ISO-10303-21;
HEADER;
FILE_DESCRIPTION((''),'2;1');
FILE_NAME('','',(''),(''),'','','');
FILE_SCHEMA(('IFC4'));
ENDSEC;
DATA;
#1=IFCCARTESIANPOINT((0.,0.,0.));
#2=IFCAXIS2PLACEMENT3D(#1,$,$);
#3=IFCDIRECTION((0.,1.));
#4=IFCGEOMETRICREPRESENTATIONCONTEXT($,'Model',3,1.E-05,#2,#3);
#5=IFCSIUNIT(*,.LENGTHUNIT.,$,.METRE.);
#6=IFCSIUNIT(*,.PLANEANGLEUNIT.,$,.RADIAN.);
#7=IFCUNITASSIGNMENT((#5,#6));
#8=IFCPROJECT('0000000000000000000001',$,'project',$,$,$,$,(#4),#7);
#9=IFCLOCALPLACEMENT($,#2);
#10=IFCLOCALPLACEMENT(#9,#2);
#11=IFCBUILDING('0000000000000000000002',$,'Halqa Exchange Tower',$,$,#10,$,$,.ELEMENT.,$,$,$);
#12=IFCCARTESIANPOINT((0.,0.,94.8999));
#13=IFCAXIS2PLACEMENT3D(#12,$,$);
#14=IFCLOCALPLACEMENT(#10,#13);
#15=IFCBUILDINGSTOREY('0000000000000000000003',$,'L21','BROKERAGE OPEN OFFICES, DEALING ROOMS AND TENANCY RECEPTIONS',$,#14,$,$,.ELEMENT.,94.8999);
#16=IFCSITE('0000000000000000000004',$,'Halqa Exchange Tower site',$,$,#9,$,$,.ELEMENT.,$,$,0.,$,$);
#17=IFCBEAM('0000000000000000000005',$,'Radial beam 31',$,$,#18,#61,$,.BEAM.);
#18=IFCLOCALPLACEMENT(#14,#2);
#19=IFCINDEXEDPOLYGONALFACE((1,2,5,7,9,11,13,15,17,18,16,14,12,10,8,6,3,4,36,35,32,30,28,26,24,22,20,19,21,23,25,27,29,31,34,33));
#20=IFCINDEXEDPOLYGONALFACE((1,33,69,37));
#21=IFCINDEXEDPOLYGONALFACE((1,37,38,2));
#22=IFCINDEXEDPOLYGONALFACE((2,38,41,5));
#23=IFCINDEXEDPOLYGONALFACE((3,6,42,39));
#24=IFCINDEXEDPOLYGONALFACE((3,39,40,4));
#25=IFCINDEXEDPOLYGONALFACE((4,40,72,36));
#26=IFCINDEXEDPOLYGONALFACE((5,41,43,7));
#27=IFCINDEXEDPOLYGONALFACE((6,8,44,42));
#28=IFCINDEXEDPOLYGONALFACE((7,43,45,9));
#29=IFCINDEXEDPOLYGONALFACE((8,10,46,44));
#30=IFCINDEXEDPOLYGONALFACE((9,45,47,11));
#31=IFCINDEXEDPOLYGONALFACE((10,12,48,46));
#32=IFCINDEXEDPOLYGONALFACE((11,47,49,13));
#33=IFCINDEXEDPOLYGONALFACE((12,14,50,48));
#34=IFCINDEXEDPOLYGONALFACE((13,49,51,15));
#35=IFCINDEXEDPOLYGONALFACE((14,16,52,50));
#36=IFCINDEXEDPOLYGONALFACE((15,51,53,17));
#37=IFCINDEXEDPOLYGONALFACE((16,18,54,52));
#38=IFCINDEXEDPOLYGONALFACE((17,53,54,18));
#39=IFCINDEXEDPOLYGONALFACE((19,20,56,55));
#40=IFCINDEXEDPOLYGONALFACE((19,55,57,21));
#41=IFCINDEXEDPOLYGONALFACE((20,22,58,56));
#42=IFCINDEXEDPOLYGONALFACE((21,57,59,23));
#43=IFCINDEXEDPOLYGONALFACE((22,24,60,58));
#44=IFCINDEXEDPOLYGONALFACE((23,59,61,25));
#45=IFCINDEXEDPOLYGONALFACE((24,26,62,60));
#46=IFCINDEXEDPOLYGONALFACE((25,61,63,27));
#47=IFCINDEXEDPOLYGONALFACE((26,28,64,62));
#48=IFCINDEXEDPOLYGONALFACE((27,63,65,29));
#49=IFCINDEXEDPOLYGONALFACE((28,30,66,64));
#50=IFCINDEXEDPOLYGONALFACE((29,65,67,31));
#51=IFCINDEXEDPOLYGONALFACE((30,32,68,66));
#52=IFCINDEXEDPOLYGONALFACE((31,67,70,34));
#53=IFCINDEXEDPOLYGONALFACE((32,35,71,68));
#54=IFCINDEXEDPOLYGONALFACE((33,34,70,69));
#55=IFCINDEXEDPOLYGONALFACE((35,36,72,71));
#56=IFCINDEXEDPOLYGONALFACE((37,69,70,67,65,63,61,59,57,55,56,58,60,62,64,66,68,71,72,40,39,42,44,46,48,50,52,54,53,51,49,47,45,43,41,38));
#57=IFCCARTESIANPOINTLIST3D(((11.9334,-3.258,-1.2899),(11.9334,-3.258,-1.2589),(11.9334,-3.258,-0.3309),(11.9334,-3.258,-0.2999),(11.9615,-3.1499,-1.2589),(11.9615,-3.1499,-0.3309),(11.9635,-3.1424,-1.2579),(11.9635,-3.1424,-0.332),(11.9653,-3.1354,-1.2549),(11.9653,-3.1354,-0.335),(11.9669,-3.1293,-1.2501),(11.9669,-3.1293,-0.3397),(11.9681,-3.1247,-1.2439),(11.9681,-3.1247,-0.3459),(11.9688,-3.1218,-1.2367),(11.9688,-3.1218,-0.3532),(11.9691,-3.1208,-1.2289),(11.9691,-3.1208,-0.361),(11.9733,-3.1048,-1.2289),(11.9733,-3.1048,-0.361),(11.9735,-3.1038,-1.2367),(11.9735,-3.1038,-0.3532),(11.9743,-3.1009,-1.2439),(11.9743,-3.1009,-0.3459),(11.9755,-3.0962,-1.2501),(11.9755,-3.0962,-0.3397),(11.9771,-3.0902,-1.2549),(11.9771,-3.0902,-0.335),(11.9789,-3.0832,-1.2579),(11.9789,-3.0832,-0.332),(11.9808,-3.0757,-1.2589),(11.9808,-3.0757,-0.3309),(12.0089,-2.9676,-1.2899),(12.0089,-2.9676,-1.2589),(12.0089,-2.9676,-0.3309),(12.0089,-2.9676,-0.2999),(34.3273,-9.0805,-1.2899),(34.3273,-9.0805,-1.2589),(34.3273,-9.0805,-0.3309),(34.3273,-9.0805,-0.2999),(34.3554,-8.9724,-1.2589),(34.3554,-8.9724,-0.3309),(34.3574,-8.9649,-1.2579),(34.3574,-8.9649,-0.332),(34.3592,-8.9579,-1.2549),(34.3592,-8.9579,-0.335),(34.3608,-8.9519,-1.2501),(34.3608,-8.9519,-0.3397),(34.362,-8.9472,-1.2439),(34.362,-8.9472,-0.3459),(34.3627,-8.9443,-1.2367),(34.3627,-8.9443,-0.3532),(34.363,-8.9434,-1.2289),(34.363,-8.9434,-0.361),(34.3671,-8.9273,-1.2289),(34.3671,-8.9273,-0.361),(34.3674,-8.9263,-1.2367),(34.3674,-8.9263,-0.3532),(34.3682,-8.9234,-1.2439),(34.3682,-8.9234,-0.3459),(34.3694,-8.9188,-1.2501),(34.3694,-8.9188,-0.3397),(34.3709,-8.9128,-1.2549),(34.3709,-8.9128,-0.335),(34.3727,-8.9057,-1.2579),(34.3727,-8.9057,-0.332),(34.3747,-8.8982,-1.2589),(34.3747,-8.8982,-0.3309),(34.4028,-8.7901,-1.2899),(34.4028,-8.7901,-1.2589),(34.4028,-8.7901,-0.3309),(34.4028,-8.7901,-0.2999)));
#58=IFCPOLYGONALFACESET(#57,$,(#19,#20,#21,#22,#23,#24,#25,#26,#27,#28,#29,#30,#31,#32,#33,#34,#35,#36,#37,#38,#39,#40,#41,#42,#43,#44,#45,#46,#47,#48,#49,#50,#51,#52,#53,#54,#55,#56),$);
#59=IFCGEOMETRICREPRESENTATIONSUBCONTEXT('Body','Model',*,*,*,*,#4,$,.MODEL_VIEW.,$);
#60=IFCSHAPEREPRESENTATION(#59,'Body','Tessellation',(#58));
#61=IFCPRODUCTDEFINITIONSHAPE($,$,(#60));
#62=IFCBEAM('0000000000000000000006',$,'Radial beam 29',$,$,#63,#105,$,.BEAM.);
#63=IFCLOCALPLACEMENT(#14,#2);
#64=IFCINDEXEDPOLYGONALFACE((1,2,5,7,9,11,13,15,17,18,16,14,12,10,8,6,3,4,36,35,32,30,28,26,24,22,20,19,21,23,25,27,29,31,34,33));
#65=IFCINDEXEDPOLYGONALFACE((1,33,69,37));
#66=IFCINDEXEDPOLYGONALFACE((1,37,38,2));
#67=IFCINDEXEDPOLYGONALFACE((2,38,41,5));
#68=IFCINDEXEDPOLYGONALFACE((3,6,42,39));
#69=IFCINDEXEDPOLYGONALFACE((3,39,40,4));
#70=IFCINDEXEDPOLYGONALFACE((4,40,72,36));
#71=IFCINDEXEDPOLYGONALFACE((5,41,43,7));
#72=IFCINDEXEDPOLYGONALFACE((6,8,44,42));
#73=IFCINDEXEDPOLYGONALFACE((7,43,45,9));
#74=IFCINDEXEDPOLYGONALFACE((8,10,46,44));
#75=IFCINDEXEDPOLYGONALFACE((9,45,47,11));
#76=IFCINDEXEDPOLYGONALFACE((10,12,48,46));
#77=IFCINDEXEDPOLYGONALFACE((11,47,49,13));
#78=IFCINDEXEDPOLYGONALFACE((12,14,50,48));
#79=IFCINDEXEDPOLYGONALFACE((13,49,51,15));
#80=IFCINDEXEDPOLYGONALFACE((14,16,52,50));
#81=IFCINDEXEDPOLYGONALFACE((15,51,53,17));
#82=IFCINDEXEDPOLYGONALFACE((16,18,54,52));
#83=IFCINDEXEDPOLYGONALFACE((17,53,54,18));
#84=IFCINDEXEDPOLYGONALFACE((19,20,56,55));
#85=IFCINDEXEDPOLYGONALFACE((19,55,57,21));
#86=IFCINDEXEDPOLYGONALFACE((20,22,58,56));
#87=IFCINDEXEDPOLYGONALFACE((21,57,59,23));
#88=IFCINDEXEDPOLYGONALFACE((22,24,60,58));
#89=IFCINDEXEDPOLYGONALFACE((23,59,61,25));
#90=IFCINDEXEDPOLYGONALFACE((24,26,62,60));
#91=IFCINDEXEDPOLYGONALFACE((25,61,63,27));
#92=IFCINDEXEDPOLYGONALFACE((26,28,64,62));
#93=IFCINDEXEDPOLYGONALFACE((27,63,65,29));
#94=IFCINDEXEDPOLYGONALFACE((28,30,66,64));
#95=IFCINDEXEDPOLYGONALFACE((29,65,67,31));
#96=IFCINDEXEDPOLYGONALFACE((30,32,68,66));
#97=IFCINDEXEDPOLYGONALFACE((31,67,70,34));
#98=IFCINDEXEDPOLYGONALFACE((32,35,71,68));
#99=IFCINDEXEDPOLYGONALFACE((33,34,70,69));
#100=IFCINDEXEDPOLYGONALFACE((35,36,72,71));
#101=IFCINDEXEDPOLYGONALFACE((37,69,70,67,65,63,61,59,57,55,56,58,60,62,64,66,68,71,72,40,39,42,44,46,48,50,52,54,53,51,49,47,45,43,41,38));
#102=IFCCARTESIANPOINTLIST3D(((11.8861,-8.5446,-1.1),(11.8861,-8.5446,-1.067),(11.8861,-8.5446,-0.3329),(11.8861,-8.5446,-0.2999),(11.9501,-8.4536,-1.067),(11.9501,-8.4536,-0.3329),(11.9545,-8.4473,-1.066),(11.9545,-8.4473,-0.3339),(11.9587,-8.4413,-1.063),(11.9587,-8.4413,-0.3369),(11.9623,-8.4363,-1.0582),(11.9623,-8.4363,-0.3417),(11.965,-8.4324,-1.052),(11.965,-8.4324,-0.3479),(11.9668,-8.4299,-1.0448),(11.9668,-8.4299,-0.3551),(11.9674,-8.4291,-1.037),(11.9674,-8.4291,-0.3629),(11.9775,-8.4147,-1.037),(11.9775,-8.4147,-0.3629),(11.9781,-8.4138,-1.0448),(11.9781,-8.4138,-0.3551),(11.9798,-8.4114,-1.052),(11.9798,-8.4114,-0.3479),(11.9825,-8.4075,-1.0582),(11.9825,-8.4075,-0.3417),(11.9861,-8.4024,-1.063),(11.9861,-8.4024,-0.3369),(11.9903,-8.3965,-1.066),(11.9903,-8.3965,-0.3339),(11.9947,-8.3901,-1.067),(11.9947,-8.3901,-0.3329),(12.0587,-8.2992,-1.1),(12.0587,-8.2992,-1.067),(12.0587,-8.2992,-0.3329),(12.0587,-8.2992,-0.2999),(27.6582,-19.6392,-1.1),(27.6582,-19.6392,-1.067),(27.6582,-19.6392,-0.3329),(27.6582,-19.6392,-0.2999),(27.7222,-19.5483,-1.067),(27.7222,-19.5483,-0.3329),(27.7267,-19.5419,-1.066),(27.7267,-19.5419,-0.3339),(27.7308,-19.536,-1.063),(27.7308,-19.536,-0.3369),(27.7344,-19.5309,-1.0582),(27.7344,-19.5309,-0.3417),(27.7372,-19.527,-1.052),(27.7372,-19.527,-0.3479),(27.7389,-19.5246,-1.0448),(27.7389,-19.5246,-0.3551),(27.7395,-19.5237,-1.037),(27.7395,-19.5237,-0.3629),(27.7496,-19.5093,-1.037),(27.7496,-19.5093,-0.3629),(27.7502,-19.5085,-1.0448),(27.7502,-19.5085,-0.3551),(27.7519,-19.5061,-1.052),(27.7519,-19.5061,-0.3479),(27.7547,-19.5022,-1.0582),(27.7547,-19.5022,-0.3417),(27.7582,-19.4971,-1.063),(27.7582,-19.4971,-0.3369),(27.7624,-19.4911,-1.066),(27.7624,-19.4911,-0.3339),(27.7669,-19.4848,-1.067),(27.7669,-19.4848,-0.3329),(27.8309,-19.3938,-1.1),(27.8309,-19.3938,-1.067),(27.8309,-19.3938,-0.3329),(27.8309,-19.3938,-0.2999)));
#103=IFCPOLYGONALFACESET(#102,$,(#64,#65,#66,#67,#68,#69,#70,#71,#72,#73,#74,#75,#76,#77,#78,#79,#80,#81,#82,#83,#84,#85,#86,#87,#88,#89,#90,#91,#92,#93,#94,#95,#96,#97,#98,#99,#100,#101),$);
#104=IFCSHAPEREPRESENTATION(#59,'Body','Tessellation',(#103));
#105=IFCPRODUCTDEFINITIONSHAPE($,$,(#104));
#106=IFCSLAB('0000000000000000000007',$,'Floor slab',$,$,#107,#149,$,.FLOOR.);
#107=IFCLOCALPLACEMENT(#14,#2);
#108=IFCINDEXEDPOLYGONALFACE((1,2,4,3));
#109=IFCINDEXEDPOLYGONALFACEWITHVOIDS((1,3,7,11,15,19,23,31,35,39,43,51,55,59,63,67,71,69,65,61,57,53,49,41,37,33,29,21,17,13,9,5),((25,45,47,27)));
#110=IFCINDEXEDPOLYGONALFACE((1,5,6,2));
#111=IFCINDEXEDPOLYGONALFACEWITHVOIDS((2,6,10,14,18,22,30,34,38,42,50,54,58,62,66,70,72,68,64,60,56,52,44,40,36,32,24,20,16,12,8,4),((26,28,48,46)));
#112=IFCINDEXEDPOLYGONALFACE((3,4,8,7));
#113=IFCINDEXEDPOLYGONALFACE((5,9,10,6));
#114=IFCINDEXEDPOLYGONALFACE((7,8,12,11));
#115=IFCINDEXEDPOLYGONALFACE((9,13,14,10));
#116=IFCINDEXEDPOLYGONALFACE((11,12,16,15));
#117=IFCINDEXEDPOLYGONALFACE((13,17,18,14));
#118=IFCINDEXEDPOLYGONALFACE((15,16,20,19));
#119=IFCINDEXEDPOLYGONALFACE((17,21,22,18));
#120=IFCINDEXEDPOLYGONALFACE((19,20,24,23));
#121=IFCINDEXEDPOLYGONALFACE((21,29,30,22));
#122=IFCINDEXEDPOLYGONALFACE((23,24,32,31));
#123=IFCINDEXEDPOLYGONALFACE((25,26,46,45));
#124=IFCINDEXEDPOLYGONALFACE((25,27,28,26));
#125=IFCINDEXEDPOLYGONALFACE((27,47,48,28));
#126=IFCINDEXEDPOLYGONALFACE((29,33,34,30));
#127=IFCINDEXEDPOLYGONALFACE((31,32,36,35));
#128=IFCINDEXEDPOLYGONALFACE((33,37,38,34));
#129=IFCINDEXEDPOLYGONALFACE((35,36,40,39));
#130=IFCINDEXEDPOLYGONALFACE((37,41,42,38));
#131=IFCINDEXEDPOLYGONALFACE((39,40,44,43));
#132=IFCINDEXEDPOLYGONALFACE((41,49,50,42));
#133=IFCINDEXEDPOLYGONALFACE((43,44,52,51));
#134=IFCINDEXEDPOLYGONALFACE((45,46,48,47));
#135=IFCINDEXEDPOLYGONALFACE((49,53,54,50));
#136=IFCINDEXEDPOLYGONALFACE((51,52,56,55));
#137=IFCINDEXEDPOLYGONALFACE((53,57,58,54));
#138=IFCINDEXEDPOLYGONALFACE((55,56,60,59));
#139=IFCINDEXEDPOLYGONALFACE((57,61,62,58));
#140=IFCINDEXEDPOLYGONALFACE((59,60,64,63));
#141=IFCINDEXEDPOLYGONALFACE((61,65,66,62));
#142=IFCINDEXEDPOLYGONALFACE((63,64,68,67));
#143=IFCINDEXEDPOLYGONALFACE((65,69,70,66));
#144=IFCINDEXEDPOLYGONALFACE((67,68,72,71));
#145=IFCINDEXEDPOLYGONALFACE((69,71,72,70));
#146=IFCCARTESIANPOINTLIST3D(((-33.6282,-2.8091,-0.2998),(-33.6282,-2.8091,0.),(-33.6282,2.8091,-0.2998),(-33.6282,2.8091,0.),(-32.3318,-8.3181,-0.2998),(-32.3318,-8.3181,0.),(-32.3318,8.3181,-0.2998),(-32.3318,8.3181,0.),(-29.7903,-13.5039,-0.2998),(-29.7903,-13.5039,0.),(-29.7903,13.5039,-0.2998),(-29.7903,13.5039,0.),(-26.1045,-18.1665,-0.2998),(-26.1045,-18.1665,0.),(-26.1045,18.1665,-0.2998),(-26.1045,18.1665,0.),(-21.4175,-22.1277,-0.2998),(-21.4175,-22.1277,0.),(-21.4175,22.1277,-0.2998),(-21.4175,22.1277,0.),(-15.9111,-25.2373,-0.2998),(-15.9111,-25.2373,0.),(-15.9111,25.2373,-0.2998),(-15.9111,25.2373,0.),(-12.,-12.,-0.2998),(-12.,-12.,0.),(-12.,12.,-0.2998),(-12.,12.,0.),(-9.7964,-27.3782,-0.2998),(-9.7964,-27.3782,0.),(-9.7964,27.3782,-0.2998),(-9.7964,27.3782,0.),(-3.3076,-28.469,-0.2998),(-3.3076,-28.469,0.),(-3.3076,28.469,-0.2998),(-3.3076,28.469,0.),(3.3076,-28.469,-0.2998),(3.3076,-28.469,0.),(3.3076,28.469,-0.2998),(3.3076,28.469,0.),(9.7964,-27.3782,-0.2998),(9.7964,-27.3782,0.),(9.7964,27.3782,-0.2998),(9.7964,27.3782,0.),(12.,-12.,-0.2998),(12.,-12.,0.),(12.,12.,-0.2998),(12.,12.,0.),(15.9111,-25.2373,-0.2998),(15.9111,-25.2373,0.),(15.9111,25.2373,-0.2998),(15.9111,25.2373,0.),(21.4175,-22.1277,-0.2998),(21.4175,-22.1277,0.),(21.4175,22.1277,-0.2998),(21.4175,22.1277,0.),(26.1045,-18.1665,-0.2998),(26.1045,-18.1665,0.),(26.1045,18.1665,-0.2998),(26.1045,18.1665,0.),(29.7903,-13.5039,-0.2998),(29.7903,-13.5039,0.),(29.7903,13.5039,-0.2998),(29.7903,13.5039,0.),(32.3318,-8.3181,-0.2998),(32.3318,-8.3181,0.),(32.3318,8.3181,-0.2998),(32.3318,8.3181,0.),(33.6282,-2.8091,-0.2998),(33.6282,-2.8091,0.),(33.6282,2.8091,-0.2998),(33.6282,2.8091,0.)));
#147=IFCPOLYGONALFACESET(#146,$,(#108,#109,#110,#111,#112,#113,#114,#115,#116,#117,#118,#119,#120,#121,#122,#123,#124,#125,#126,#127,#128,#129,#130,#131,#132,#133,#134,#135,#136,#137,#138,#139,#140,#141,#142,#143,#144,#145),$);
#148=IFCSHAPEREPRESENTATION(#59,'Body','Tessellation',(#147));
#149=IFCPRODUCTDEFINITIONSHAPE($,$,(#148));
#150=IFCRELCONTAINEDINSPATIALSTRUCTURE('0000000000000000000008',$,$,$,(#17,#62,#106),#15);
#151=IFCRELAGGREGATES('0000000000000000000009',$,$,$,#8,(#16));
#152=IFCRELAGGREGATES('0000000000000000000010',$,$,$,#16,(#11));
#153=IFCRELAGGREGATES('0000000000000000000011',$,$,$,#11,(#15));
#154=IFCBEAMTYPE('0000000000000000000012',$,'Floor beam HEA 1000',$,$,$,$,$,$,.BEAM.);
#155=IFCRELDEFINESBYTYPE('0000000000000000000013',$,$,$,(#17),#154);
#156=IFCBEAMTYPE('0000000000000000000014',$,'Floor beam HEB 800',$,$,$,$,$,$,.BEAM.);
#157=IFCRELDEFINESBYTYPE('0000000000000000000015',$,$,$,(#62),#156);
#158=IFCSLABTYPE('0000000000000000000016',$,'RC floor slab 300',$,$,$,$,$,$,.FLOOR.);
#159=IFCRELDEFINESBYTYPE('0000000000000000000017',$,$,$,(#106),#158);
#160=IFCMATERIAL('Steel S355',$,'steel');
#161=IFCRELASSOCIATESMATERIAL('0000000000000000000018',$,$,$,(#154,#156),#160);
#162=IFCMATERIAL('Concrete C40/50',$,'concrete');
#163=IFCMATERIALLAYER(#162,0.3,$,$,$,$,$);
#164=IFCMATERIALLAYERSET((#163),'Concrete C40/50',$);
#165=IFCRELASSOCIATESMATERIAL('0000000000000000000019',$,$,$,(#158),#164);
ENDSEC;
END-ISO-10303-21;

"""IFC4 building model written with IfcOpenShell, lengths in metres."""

from ifc_helpers import new_model, si_unit, direction, frame, origin, origin_2d, place, context, subcontext, project, spatial, polyline, i_section, outline, extrude, material, layer, layer_set, material_profile, profile_set, type_object, element, save


model = new_model("IFC4")

# Units and contexts
model_context = context("Model", 3, precision=1e-05, world=origin(), true_north=direction((0.0, 1.0)))
body_context = subcontext(model_context, "Body", "Model", "MODEL_VIEW")
ifc_project = project(units=[si_unit("LENGTHUNIT", "METRE"), si_unit("PLANEANGLEUNIT", "RADIAN")], contexts=[model_context])

# Site, building, storey
site_placement = place(None, origin())
site = spatial("IfcSite", under=ifc_project, at=site_placement, Name="Halqa Exchange Tower site", CompositionType="ELEMENT", RefElevation=0.0)
building_placement = place(site_placement, origin())
building = spatial("IfcBuilding", under=site, at=building_placement, Name="Halqa Exchange Tower", CompositionType="ELEMENT")
storey_placement = place(building_placement, frame((0.0, 0.0, 94.8999)))
storey = spatial("IfcBuildingStorey", under=building, at=storey_placement, Name="L21", Description="BROKERAGE OPEN OFFICES, DEALING ROOMS AND TENANCY RECEPTIONS", CompositionType="ELEMENT", Elevation=94.8999)

# Beams
ifc_material_1 = material(Name="Steel S355", Category="steel")
ifc_material_profile_1 = material_profile(ifc_material_1, i_section(OverallWidth=0.3, OverallDepth=0.99, WebThickness=0.0166, FlangeThickness=0.031, FilletRadius=0.03, at=origin_2d()), Name="HEA 1000")
ifc_profile_set_1 = profile_set([ifc_material_profile_1], Name="Steel S355")
beam_type_1 = type_object("IfcBeamType", Name="Floor beam HEA 1000", PredefinedType="BEAM", material=ifc_profile_set_1)
beam_1_placement = place(storey_placement, frame((11.9712, -3.1128, -0.7949), z_axis=(0.967821, -0.251639, 0.0), x_axis=(0.251639, 0.967821, 0.0)))
element("IfcBeam", 1, at=beam_1_placement, inside=storey, type_object=beam_type_1, Name="Radial beam 31", PredefinedType="BEAM", context=body_context, shape_type="SweptSolid", body=[
    extrude(i_section(OverallWidth=0.3, OverallDepth=0.99, WebThickness=0.0166, FlangeThickness=0.031, FilletRadius=0.03, at=origin_2d()), origin(), (0.0, 0.0, 1.0), 23.1384),
])
ifc_material_profile_2 = material_profile(ifc_material_1, i_section(OverallWidth=0.3, OverallDepth=0.8, WebThickness=0.0176, FlangeThickness=0.033, FilletRadius=0.03, at=origin_2d()), Name="HEB 800")
ifc_profile_set_2 = profile_set([ifc_material_profile_2], Name="Steel S355")
beam_type_2 = type_object("IfcBeamType", Name="Floor beam HEB 800", PredefinedType="BEAM", material=ifc_profile_set_2)
beam_2_placement = place(storey_placement, frame((11.9724, -8.4219, -0.7), z_axis=(0.81791, -0.575346, 0.0), x_axis=(0.575346, 0.81791, 0.0)))
element("IfcBeam", 2, at=beam_2_placement, inside=storey, type_object=beam_type_2, Name="Radial beam 29", PredefinedType="BEAM", context=body_context, shape_type="SweptSolid", body=[
    extrude(i_section(OverallWidth=0.3, OverallDepth=0.8, WebThickness=0.0176, FlangeThickness=0.033, FilletRadius=0.03, at=origin_2d()), origin(), (0.0, 0.0, 1.0), 19.2834),
])

# Slab
ifc_material_2 = material(Name="Concrete C40/50", Category="concrete")
ifc_layer_1 = layer(ifc_material_2, 0.3)
ifc_layer_set_1 = layer_set([ifc_layer_1], Name="Concrete C40/50")
slab_type_1 = type_object("IfcSlabType", Name="RC floor slab 300", PredefinedType="FLOOR", material=ifc_layer_set_1)
slab_1_placement = place(storey_placement, frame((0.0, 0.0, -0.2998)))
element("IfcSlab", 3, at=slab_1_placement, inside=storey, type_object=slab_type_1, Name="Floor slab", PredefinedType="FLOOR", context=body_context, shape_type="SweptSolid", body=[
    extrude(outline(polyline([(33.6282, 2.8091), (32.3318, 8.3181), (29.7903, 13.5039), (26.1045, 18.1665), (21.4175, 22.1277), (15.9111, 25.2373), (9.7964, 27.3782), (3.3076, 28.469), (-3.3076, 28.469), (-9.7964, 27.3782), (-15.9111, 25.2373), (-21.4175, 22.1277), (-26.1045, 18.1665), (-29.7903, 13.5039), (-32.3318, 8.3181), (-33.6282, 2.8091), (-33.6282, -2.8091), (-32.3318, -8.3181), (-29.7903, -13.5039), (-26.1045, -18.1665), (-21.4175, -22.1277), (-15.9111, -25.2373), (-9.7964, -27.3782), (-3.3076, -28.469), (3.3076, -28.469), (9.7964, -27.3782), (15.9111, -25.2373), (21.4175, -22.1277), (26.1045, -18.1665), (29.7903, -13.5039), (32.3318, -8.3181), (33.6282, -2.8091), (33.6282, 2.8091)]), holes=[polyline([(-12.0, -12.0), (12.0, -12.0), (12.0, 12.0), (-12.0, 12.0), (-12.0, -12.0)])]), origin(), (0.0, 0.0, 1.0), 0.2998),
])

save(model, "model.ifc")
